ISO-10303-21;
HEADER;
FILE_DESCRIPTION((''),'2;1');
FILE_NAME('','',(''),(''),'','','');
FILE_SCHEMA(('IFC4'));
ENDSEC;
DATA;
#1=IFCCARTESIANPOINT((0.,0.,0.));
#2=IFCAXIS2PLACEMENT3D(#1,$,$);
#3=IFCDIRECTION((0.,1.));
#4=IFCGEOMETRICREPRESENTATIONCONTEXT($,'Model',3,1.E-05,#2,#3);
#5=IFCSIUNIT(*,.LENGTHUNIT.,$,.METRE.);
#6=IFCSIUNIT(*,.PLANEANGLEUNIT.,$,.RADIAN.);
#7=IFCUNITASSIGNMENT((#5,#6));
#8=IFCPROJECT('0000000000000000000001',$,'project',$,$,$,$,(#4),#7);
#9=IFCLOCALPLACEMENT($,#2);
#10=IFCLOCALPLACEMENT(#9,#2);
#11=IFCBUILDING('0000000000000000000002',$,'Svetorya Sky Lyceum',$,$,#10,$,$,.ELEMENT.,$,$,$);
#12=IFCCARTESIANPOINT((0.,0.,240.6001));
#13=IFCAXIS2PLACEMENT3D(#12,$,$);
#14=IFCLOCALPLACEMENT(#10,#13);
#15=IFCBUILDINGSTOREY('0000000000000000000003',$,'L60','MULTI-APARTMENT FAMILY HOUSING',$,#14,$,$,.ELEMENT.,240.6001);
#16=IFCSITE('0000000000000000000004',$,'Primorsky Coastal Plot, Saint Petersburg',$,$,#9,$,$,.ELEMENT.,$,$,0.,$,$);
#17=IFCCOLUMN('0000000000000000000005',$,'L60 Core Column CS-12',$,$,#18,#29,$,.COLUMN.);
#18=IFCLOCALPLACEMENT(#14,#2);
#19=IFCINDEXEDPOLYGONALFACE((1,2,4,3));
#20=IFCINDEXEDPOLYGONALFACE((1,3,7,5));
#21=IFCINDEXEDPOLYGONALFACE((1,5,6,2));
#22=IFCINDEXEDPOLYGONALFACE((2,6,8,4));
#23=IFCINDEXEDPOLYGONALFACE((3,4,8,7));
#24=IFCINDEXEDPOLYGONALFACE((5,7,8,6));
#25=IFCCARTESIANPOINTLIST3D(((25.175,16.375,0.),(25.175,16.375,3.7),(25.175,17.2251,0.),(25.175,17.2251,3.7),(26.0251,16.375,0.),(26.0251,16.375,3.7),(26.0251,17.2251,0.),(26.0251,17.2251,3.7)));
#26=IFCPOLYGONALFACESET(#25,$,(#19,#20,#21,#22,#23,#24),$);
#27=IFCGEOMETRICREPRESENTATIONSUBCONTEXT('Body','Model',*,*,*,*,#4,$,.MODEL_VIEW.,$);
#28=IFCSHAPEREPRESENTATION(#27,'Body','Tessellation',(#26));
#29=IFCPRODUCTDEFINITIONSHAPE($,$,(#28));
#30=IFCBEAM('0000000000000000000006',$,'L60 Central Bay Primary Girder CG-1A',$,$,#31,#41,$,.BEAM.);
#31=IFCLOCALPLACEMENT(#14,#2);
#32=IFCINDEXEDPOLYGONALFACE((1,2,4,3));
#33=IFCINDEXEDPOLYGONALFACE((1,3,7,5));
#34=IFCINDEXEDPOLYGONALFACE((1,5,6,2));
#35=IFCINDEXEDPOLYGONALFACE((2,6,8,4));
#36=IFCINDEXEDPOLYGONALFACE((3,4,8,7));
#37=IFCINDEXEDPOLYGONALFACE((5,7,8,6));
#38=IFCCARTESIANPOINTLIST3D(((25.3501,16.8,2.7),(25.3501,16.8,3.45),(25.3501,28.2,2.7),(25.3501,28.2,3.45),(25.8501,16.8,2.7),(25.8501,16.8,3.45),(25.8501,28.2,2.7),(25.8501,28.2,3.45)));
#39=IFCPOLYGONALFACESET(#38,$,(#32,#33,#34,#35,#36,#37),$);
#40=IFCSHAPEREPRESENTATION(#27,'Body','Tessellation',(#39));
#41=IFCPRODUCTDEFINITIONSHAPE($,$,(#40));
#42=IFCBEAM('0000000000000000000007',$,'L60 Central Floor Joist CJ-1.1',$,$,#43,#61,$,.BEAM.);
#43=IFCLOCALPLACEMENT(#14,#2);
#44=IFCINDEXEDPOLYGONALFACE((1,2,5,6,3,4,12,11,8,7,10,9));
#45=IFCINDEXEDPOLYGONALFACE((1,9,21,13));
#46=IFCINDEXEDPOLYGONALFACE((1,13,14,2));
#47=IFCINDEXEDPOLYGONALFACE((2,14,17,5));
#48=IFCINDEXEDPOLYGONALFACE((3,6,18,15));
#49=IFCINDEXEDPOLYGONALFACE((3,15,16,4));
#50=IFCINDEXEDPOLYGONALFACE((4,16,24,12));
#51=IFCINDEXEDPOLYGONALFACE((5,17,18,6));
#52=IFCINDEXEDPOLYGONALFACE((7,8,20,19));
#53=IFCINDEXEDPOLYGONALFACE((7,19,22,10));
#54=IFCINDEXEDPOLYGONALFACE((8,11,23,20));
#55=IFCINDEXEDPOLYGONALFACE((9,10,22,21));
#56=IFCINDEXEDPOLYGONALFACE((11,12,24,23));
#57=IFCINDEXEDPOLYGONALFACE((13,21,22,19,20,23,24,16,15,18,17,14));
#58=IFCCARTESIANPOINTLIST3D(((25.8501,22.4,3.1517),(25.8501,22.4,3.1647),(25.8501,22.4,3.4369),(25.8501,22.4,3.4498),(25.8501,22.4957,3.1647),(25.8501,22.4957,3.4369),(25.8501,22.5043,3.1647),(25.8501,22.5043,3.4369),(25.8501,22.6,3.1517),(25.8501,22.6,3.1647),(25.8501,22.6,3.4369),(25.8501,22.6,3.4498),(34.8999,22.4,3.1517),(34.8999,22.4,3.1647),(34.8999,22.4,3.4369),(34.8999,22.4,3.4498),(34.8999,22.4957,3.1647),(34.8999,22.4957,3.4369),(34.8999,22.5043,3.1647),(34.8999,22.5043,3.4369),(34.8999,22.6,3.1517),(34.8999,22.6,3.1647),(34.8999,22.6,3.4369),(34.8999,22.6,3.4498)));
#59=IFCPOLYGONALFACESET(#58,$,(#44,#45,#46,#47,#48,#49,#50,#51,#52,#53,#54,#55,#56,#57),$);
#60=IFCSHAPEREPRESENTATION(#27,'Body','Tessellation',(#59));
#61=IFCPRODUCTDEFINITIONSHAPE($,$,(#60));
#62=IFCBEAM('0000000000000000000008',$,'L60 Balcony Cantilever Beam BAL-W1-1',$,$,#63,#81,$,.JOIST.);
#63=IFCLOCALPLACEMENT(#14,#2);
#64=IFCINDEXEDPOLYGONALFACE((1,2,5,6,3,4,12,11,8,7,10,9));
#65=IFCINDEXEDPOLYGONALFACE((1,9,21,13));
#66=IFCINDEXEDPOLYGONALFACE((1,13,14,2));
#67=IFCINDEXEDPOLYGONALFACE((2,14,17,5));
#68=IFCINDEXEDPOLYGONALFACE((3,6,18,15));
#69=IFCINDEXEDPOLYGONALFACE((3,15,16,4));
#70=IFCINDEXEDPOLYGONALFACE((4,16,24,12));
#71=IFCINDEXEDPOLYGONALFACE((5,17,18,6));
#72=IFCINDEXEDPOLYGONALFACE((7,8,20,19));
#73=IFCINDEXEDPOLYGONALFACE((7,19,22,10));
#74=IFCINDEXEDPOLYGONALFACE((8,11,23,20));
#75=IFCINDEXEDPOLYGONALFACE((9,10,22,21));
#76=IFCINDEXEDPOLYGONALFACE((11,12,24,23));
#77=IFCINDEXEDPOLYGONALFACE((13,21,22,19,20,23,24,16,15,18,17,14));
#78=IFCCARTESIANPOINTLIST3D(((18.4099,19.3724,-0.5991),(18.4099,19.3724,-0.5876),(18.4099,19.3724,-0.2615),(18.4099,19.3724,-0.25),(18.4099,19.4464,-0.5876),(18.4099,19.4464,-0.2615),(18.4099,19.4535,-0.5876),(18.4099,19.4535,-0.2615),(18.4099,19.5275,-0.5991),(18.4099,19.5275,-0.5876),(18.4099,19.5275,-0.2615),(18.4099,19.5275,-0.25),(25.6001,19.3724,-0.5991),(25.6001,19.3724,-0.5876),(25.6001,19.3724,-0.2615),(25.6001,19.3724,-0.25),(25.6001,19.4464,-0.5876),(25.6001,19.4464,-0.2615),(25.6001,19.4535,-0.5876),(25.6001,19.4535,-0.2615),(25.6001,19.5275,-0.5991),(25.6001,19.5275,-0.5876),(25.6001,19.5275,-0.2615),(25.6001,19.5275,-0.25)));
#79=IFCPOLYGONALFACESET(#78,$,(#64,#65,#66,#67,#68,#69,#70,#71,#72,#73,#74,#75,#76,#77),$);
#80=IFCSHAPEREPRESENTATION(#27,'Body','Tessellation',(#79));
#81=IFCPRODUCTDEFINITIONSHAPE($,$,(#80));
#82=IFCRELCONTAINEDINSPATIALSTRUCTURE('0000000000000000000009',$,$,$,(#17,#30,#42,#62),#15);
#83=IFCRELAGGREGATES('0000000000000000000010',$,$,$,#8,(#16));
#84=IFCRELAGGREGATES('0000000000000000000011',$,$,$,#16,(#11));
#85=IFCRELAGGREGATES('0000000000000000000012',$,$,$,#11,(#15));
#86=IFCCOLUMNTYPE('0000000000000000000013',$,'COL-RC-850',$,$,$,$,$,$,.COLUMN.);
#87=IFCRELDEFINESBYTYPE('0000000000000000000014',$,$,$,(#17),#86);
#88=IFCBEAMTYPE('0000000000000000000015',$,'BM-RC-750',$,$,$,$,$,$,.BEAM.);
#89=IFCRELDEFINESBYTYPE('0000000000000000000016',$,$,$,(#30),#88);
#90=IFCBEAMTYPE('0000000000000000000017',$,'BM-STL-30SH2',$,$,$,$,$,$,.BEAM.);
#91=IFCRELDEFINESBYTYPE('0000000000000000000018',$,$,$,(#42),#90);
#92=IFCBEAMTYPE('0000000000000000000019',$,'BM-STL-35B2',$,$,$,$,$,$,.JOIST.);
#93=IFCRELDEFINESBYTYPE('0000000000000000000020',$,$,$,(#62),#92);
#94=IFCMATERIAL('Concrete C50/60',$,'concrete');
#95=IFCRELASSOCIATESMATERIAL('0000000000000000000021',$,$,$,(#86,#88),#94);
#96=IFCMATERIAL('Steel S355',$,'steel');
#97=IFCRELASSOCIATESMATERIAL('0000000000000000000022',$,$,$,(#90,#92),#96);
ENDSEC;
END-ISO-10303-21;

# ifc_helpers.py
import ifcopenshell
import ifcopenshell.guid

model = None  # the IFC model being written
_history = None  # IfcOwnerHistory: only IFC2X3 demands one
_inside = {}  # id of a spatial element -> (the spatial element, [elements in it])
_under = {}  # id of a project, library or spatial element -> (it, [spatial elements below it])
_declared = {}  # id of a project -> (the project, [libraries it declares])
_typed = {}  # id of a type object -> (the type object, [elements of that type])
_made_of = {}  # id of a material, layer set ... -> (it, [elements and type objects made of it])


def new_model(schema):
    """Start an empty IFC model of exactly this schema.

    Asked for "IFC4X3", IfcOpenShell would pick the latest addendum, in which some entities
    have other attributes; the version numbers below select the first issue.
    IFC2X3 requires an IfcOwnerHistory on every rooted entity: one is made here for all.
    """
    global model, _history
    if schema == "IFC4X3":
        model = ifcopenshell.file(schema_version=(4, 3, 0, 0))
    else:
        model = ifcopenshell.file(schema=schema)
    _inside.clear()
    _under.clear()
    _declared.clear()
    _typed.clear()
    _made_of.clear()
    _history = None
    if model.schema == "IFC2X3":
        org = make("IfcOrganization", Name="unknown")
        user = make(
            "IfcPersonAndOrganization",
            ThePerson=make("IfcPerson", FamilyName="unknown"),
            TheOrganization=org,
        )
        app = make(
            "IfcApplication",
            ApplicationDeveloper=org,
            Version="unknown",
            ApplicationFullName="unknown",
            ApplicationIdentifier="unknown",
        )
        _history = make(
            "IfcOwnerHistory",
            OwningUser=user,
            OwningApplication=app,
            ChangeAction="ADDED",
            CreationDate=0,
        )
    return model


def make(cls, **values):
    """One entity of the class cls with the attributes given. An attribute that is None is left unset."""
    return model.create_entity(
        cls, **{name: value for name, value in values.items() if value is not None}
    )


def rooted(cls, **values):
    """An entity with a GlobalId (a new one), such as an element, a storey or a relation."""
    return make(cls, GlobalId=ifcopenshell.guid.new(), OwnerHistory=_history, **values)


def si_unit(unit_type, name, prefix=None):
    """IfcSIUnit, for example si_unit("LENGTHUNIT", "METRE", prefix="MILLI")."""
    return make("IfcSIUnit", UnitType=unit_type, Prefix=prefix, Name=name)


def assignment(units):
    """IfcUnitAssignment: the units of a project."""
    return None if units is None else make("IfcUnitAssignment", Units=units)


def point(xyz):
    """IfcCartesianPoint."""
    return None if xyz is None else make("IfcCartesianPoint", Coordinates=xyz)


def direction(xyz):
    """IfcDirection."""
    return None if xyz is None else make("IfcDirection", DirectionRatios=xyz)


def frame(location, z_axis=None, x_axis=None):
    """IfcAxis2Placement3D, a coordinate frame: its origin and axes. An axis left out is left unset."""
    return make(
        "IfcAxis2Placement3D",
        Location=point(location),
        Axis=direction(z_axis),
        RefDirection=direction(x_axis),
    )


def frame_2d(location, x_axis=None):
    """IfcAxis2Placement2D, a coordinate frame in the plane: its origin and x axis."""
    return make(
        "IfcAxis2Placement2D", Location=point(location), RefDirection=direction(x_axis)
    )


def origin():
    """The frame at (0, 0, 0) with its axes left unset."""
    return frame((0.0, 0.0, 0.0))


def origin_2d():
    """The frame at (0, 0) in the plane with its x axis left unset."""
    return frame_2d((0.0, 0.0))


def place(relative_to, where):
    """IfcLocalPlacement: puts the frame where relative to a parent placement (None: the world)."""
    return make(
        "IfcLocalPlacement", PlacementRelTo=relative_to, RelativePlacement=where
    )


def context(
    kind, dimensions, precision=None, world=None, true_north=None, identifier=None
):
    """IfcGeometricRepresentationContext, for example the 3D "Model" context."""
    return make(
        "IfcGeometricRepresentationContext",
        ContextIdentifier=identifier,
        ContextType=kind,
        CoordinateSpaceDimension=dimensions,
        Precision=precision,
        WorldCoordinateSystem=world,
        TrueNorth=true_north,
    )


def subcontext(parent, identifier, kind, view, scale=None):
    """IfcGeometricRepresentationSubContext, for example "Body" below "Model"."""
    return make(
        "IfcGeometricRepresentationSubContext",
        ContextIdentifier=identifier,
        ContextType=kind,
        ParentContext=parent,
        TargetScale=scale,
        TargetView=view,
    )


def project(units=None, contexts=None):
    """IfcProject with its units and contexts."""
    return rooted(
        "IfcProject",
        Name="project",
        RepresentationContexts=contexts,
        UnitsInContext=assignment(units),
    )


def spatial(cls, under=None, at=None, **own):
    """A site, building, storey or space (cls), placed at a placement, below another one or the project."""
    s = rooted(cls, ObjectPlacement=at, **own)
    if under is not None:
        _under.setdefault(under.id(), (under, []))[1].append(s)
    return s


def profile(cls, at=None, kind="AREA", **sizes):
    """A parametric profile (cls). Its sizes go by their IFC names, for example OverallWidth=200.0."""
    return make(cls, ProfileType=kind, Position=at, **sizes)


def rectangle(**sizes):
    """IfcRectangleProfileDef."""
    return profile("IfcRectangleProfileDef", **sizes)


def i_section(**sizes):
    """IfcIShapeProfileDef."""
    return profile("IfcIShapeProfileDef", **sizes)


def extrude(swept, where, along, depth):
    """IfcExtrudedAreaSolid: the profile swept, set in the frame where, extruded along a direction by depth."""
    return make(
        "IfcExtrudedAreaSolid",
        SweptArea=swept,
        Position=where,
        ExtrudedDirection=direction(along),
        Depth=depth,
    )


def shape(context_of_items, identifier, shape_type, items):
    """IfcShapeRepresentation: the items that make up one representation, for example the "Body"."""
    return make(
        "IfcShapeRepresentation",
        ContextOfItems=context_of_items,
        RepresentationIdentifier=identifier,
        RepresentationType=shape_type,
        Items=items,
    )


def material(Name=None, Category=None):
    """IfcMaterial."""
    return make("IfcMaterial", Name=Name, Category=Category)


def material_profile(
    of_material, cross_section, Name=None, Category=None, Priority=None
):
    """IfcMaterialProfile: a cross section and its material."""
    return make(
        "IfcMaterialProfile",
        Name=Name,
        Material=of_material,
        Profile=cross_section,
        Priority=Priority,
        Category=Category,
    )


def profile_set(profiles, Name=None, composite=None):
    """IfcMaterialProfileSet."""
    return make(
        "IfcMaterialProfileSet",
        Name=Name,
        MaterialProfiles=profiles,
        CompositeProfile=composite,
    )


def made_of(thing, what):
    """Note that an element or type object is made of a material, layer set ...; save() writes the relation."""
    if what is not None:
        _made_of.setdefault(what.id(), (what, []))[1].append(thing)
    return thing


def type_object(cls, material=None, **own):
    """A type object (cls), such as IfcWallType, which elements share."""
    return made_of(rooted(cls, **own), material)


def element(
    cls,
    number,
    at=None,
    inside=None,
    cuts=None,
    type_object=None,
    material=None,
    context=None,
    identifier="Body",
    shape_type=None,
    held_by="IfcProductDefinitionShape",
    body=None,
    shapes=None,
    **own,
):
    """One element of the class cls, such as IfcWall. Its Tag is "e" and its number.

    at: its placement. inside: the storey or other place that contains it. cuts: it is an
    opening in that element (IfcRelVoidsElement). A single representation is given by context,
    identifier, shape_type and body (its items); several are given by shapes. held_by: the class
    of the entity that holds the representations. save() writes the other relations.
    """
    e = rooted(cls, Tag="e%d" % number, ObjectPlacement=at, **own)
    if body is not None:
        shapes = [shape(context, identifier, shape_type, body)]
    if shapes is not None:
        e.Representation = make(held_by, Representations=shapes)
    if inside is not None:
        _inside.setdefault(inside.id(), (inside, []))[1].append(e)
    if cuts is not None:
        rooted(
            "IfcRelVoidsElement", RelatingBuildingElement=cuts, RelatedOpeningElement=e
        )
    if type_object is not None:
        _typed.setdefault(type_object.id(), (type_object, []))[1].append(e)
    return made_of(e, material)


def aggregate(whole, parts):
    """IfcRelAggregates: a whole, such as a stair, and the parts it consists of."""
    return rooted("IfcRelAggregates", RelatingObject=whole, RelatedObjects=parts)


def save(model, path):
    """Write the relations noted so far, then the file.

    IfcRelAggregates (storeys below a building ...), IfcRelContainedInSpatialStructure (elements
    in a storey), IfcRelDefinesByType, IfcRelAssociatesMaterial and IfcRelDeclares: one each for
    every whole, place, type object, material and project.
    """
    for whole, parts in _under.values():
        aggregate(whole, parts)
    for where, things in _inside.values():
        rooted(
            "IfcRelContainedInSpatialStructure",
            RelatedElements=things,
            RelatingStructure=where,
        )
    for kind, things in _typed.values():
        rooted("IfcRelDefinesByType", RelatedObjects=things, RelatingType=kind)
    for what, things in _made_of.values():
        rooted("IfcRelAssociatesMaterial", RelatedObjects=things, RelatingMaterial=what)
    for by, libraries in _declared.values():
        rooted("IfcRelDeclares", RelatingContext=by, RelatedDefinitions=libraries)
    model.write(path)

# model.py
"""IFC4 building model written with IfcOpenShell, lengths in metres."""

from ifc_helpers import new_model, si_unit, direction, frame, origin, origin_2d, place, context, subcontext, project, spatial, rectangle, i_section, extrude, material, material_profile, profile_set, type_object, element, save


model = new_model("IFC4")

# Units and contexts
model_context = context("Model", 3, precision=1e-05, world=origin(), true_north=direction((0.0, 1.0)))
body_context = subcontext(model_context, "Body", "Model", "MODEL_VIEW")
ifc_project = project(units=[si_unit("LENGTHUNIT", "METRE"), si_unit("PLANEANGLEUNIT", "RADIAN")], contexts=[model_context])

# Site, building, storey
site_placement = place(None, origin())
site = spatial("IfcSite", under=ifc_project, at=site_placement, Name="Primorsky Coastal Plot, Saint Petersburg", CompositionType="ELEMENT", RefElevation=0.0)
building_placement = place(site_placement, origin())
building = spatial("IfcBuilding", under=site, at=building_placement, Name="Svetorya Sky Lyceum", CompositionType="ELEMENT")
storey_placement = place(building_placement, frame((0.0, 0.0, 240.6001)))
storey = spatial("IfcBuildingStorey", under=building, at=storey_placement, Name="L60", Description="MULTI-APARTMENT FAMILY HOUSING", CompositionType="ELEMENT", Elevation=240.6001)

# Column
ifc_material_1 = material(Name="Concrete C50/60", Category="concrete")
ifc_material_profile_1 = material_profile(ifc_material_1, rectangle(XDim=0.8501, YDim=0.8501, at=origin_2d()), Name="RC COL 850x850")
ifc_profile_set_1 = profile_set([ifc_material_profile_1], Name="Concrete C50/60")
column_type = type_object("IfcColumnType", Name="COL-RC-850", PredefinedType="COLUMN", material=ifc_profile_set_1)
column_placement = place(storey_placement, frame((25.6001, 16.8, 0.0), z_axis=(0.0, 0.0, 1.0), x_axis=(1.0, 0.0, 0.0)))
element("IfcColumn", 1, at=column_placement, inside=storey, type_object=column_type, Name="L60 Core Column CS-12", PredefinedType="COLUMN", context=body_context, shape_type="SweptSolid", body=[
    extrude(rectangle(XDim=0.8501, YDim=0.8501, at=origin_2d()), origin(), (0.0, 0.0, 1.0), 3.7),
])

# Beams
ifc_material_profile_2 = material_profile(ifc_material_1, rectangle(XDim=0.5, YDim=0.75, at=origin_2d()), Name="RC BEAM 500x750")
ifc_profile_set_2 = profile_set([ifc_material_profile_2], Name="Concrete C50/60")
beam_type_1 = type_object("IfcBeamType", Name="BM-RC-750", PredefinedType="BEAM", material=ifc_profile_set_2)
beam_1_placement = place(storey_placement, frame((25.6001, 16.8, 3.075), z_axis=(0.0, 1.0, 0.0), x_axis=(-1.0, 0.0, 0.0)))
element("IfcBeam", 2, at=beam_1_placement, inside=storey, type_object=beam_type_1, Name="L60 Central Bay Primary Girder CG-1A", PredefinedType="BEAM", context=body_context, shape_type="SweptSolid", body=[
    extrude(rectangle(XDim=0.5, YDim=0.75, at=origin_2d()), origin(), (0.0, 0.0, 1.0), 11.3999),
])
ifc_material_2 = material(Name="Steel S355", Category="steel")
ifc_material_profile_3 = material_profile(ifc_material_2, i_section(OverallWidth=0.2, OverallDepth=0.2981, WebThickness=0.0085, FlangeThickness=0.0129, at=origin_2d()), Name="GOST 30Sh2")
ifc_profile_set_3 = profile_set([ifc_material_profile_3], Name="Steel S355")
beam_type_2 = type_object("IfcBeamType", Name="BM-STL-30SH2", PredefinedType="BEAM", material=ifc_profile_set_3)
beam_2_placement = place(storey_placement, frame((25.8501, 22.5, 3.3008), z_axis=(1.0, 0.0, 0.0), x_axis=(0.0, 1.0, 0.0)))
element("IfcBeam", 3, at=beam_2_placement, inside=storey, type_object=beam_type_2, Name="L60 Central Floor Joist CJ-1.1", PredefinedType="BEAM", context=body_context, shape_type="SweptSolid", body=[
    extrude(i_section(OverallWidth=0.2, OverallDepth=0.2981, WebThickness=0.0085, FlangeThickness=0.0129, at=origin_2d()), origin(), (0.0, 0.0, 1.0), 9.0498),
])
ifc_material_profile_4 = material_profile(ifc_material_2, i_section(OverallWidth=0.155, OverallDepth=0.3491, WebThickness=0.0071, FlangeThickness=0.0115, at=origin_2d()), Name="GOST 35B2")
ifc_profile_set_4 = profile_set([ifc_material_profile_4], Name="Steel S355")
beam_type_3 = type_object("IfcBeamType", Name="BM-STL-35B2", PredefinedType="JOIST", material=ifc_profile_set_4)
beam_3_placement = place(storey_placement, frame((25.6001, 19.45, -0.4246), z_axis=(-1.0, 0.0, 0.0), x_axis=(0.0, -1.0, 0.0)))
element("IfcBeam", 4, at=beam_3_placement, inside=storey, type_object=beam_type_3, Name="L60 Balcony Cantilever Beam BAL-W1-1", PredefinedType="JOIST", context=body_context, shape_type="SweptSolid", body=[
    extrude(i_section(OverallWidth=0.155, OverallDepth=0.3491, WebThickness=0.0071, FlangeThickness=0.0115, at=origin_2d()), origin(), (0.0, 0.0, 1.0), 7.1902),
])

save(model, "model.ifc")
